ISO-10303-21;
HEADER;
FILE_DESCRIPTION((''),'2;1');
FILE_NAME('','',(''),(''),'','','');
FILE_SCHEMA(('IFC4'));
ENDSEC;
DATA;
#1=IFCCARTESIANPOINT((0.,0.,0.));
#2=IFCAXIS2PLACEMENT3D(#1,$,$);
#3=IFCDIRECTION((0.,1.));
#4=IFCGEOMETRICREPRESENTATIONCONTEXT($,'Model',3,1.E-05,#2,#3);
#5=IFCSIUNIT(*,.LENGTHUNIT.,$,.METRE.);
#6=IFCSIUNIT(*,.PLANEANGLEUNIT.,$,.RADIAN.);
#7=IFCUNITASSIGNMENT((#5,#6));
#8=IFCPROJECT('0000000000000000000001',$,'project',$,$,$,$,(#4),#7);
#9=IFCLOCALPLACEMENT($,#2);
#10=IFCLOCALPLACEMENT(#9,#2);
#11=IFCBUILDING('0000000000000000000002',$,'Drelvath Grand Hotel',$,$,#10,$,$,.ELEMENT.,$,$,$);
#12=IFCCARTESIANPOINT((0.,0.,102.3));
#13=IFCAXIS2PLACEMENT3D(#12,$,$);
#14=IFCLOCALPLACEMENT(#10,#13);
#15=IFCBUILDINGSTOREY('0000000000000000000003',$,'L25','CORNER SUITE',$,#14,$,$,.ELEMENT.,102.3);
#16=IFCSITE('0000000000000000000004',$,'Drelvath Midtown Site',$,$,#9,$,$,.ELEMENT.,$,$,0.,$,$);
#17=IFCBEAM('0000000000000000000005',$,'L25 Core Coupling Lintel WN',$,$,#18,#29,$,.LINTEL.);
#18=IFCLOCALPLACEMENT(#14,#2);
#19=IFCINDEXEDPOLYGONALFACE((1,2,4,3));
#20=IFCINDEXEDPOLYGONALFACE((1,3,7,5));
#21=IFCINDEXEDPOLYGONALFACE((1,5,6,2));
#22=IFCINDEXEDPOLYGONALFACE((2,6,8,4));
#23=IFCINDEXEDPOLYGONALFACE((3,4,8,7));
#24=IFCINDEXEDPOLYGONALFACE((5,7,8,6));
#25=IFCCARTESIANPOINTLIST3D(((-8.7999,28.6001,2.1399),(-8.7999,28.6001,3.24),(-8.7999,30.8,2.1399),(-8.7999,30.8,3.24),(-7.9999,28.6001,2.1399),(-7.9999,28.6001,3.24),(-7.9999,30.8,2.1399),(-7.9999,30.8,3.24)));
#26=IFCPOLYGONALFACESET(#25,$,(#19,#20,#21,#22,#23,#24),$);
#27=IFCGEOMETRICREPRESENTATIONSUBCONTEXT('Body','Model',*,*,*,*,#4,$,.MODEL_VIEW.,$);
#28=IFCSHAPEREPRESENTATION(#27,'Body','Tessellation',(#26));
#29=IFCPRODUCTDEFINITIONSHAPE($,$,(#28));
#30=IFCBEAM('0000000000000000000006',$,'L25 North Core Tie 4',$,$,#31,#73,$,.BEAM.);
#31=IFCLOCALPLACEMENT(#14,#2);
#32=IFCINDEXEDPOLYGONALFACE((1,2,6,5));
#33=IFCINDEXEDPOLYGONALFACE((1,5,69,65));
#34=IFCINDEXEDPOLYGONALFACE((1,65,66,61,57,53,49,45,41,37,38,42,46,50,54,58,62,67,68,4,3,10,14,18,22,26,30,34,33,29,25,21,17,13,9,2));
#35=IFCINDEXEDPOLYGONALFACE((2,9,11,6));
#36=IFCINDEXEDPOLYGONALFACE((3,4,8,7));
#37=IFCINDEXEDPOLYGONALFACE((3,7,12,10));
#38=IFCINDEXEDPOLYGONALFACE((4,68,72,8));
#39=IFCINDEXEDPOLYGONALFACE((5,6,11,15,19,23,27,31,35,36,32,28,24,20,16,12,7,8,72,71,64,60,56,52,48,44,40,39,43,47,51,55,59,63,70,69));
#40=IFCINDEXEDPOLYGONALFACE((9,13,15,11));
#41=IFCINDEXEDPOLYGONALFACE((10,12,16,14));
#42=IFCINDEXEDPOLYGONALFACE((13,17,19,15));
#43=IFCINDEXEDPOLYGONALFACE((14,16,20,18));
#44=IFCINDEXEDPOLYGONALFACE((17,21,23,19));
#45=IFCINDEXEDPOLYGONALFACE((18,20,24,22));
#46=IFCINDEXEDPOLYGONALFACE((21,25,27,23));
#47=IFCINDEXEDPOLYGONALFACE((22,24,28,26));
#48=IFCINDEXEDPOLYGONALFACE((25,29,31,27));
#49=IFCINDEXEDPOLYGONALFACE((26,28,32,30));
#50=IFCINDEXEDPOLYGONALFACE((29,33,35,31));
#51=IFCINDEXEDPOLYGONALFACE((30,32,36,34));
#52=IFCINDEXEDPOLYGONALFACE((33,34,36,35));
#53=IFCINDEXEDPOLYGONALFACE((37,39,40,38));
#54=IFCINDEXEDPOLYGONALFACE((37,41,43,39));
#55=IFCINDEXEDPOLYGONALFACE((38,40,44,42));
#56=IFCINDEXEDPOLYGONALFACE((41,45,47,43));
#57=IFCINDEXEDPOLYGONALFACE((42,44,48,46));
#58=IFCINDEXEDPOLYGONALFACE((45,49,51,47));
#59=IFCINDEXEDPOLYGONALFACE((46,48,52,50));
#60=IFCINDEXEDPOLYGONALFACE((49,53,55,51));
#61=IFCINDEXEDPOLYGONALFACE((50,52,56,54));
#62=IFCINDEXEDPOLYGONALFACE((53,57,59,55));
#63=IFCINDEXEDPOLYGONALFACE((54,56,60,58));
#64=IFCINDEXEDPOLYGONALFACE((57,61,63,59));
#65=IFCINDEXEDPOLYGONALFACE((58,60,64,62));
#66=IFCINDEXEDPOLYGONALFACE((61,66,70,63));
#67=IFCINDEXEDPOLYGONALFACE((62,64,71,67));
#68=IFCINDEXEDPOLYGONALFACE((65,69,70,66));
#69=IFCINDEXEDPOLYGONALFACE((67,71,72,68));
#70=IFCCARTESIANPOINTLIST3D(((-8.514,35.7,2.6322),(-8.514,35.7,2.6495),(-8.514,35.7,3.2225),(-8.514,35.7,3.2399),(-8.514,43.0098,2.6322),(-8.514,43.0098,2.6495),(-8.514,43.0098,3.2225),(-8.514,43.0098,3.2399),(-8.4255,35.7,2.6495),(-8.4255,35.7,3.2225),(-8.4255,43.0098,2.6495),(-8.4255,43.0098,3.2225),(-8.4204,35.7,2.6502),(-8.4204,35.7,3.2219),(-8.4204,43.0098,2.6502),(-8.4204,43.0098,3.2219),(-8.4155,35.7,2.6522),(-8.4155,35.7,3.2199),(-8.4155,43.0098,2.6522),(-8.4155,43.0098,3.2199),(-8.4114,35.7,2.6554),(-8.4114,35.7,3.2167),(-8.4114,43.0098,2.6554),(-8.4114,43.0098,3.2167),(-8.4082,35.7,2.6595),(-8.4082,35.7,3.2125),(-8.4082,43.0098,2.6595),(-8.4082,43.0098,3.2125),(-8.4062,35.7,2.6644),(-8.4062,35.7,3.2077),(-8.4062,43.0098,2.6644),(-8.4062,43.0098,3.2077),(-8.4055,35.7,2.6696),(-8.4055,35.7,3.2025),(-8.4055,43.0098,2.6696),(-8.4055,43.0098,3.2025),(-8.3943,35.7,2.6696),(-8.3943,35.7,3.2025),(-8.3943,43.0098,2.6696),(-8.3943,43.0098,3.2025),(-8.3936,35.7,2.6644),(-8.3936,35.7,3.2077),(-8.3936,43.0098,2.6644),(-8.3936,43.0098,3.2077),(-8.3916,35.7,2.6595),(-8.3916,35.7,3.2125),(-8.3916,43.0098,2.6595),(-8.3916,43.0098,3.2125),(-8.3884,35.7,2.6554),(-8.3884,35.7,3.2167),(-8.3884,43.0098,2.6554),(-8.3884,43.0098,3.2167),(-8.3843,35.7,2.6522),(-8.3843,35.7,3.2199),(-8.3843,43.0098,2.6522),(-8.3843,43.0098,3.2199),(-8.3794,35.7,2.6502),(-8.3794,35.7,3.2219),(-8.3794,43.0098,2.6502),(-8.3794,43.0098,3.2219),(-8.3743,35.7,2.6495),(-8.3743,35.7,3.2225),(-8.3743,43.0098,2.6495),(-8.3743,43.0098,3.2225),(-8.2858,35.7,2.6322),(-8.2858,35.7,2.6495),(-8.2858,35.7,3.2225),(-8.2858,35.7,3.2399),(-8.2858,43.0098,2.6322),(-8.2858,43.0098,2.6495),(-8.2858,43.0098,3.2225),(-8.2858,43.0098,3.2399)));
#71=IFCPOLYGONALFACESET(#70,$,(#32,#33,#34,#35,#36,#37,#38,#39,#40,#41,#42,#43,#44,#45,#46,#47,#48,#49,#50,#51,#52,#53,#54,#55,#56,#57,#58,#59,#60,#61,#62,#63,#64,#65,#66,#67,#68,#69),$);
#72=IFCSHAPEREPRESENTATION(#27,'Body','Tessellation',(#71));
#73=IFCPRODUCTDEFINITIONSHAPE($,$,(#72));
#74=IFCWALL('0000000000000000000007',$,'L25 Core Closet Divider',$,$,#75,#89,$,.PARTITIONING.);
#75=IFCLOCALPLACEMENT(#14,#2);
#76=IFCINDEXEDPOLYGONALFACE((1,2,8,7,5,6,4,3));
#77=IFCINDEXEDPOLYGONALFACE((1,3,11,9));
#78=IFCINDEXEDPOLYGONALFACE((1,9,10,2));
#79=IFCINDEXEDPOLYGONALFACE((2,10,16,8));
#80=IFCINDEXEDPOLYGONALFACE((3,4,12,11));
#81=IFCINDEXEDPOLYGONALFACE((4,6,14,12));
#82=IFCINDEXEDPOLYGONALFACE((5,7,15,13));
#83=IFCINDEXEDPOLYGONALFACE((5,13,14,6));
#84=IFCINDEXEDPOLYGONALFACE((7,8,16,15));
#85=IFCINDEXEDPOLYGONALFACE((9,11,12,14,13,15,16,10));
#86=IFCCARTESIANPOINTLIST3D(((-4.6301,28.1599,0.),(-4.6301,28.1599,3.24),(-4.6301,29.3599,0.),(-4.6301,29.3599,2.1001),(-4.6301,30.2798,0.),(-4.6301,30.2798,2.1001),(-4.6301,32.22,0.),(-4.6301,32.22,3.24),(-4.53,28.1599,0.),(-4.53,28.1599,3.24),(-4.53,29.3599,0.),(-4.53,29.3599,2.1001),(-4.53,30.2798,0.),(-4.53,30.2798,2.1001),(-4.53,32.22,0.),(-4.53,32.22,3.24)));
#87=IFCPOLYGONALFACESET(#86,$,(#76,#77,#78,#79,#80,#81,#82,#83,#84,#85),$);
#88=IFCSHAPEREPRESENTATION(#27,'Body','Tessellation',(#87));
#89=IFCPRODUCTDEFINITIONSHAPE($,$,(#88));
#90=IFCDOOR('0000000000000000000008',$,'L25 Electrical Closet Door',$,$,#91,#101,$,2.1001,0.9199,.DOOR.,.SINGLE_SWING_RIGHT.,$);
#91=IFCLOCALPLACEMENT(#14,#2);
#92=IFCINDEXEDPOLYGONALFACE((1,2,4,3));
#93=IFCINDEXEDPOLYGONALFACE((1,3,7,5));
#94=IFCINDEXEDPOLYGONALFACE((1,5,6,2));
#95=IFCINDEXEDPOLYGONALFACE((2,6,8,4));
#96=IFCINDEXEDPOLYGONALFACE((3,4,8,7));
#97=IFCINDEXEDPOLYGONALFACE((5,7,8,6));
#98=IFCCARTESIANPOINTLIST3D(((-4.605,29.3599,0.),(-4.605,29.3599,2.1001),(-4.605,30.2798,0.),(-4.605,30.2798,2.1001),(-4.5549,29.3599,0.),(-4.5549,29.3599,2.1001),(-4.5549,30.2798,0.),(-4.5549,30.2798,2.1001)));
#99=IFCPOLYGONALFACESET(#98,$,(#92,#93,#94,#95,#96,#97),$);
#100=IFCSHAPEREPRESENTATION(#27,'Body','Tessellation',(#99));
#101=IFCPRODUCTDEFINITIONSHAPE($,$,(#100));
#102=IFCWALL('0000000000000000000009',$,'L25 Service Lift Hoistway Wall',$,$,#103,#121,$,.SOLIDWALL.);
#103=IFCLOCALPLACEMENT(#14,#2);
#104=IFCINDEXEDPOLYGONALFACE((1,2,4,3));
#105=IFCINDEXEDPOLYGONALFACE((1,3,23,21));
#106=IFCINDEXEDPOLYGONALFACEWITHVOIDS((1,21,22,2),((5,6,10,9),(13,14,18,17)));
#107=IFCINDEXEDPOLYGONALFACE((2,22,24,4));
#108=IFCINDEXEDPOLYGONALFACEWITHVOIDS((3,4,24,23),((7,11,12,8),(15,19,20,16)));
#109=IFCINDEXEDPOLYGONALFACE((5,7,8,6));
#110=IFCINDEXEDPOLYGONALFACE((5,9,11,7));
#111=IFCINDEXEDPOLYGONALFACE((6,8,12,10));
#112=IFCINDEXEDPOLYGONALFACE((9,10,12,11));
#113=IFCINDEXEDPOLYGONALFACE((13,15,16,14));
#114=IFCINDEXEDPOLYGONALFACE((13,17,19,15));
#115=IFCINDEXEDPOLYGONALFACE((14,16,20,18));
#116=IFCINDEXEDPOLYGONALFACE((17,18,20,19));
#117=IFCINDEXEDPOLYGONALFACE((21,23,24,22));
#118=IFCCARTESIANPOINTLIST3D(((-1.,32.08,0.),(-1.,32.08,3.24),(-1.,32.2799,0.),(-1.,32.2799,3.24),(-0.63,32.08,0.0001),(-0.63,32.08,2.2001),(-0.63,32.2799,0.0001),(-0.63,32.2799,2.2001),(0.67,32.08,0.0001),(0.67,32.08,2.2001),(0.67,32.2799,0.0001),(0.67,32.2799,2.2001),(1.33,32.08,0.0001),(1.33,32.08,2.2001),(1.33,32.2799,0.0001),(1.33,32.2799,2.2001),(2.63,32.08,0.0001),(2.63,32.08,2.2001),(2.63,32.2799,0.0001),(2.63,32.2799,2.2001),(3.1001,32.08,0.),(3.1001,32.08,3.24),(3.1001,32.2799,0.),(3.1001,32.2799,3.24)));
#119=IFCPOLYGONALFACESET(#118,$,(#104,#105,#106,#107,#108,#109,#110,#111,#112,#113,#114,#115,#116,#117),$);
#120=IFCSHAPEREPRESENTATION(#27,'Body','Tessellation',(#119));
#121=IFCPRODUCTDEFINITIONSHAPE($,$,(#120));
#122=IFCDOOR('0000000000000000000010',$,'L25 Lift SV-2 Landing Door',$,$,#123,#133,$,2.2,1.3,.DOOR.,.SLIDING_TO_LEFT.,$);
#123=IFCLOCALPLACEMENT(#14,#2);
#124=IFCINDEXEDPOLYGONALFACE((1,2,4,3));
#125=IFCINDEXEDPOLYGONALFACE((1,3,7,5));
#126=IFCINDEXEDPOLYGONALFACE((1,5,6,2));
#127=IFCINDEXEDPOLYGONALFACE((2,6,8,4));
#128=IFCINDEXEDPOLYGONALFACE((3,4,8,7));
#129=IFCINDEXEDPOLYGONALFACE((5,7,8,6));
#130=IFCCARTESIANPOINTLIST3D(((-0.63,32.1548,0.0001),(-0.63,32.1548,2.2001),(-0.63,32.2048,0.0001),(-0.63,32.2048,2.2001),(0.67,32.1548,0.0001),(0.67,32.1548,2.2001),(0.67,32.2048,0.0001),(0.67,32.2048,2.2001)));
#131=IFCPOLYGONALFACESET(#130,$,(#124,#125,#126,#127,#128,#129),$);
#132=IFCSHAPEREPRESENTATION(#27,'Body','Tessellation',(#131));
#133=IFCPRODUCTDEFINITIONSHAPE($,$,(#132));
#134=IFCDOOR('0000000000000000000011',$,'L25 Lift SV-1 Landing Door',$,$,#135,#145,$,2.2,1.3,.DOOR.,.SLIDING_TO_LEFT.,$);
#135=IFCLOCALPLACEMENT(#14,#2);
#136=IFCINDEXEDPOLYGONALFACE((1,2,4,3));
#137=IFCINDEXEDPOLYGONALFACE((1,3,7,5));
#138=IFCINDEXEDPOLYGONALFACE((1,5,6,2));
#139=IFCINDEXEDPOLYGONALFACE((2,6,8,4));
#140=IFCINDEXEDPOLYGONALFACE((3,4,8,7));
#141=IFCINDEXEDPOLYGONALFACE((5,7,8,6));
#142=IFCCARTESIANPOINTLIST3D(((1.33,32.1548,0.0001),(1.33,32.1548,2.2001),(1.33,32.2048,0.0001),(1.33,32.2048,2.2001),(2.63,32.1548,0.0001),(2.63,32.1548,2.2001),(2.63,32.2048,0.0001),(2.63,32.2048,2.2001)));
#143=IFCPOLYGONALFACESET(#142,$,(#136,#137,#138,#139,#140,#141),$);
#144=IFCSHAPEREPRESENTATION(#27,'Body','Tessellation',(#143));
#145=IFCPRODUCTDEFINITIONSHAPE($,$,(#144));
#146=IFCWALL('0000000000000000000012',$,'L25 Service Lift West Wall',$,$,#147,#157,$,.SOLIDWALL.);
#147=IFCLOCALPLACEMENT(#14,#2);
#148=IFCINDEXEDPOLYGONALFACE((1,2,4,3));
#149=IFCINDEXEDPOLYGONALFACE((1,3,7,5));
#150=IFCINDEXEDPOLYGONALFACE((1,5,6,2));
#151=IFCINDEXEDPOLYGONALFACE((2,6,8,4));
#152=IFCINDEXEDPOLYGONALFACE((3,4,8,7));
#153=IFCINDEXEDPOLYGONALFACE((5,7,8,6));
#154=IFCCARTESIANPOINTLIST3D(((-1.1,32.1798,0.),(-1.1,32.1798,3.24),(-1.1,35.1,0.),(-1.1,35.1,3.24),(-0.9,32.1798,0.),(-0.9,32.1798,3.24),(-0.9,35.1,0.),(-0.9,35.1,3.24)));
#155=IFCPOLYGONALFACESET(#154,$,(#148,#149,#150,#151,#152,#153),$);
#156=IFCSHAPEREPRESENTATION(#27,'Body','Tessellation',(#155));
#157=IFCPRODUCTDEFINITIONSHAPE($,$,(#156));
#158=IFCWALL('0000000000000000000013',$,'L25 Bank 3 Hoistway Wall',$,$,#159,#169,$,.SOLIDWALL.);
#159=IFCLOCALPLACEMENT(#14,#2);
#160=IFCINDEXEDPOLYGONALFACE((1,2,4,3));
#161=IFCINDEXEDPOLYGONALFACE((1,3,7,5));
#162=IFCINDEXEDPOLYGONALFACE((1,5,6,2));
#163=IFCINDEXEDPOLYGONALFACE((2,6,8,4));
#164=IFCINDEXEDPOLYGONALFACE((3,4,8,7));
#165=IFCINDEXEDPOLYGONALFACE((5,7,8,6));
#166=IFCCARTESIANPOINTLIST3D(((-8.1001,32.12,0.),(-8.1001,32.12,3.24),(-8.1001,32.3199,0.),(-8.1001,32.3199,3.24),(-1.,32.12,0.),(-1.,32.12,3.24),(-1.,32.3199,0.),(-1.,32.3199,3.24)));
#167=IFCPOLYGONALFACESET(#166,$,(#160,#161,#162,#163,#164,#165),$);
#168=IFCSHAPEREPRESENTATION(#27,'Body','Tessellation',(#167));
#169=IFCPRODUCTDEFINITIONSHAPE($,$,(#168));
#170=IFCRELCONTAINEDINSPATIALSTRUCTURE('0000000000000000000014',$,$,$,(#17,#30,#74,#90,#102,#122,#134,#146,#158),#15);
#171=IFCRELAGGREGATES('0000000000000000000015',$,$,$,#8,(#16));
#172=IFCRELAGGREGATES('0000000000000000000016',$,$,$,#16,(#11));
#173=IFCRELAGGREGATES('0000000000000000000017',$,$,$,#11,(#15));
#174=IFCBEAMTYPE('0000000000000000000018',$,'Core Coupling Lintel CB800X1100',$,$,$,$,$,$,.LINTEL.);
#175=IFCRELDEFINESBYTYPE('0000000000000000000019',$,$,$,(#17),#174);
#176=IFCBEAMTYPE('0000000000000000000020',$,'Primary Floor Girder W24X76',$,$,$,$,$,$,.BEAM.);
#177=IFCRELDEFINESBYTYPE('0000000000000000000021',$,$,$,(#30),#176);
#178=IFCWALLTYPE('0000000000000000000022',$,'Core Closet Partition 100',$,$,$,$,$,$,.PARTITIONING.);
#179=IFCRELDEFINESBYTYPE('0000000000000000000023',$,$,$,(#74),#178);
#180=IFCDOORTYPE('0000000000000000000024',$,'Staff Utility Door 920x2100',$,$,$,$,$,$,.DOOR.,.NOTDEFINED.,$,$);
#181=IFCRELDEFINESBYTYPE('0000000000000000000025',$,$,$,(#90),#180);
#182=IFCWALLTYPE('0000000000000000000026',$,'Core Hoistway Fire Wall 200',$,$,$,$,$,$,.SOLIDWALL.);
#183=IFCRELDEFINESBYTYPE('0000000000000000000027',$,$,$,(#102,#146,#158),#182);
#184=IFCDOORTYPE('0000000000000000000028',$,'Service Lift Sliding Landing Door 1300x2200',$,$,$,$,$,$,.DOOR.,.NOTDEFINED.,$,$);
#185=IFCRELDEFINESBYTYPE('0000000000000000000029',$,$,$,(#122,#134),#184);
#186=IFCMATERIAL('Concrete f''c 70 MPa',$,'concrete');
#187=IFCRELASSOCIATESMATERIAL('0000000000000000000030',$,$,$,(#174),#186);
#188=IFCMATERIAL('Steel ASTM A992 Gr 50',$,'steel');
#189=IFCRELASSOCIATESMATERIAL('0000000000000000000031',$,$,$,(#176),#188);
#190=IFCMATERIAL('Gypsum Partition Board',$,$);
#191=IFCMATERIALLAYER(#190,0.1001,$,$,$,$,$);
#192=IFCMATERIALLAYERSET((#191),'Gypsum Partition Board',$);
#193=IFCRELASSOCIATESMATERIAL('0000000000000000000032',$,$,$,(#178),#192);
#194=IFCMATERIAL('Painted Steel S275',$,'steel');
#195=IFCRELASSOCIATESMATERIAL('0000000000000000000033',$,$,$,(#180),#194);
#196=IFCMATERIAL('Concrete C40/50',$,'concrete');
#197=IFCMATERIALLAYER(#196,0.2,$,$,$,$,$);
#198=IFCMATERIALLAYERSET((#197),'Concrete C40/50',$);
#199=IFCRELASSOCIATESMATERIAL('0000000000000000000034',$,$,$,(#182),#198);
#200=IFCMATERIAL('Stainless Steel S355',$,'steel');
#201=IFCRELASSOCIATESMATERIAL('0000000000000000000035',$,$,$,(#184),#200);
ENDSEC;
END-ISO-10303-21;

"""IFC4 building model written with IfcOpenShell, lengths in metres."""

from ifc_helpers import new_model, si_unit, direction, frame, frame_2d, origin, origin_2d, place, context, subcontext, project, spatial, rectangle, i_section, extrude, material, layer, layer_set, material_profile, profile_set, type_object, element, fill, save


model = new_model("IFC4")

# Units and contexts
model_context = context("Model", 3, precision=1e-05, world=origin(), true_north=direction((0.0, 1.0)))
body_context = subcontext(model_context, "Body", "Model", "MODEL_VIEW")
ifc_project = project(units=[si_unit("LENGTHUNIT", "METRE"), si_unit("PLANEANGLEUNIT", "RADIAN")], contexts=[model_context])

# Site, building, storey
site_placement = place(None, origin())
site = spatial("IfcSite", under=ifc_project, at=site_placement, Name="Drelvath Midtown Site", CompositionType="ELEMENT", RefElevation=0.0)
building_placement = place(site_placement, origin())
building = spatial("IfcBuilding", under=site, at=building_placement, Name="Drelvath Grand Hotel", CompositionType="ELEMENT")
storey_placement = place(building_placement, frame((0.0, 0.0, 102.3)))
storey = spatial("IfcBuildingStorey", under=building, at=storey_placement, Name="L25", Description="CORNER SUITE", CompositionType="ELEMENT", Elevation=102.3)

# Beams
ifc_material_1 = material(Name="Concrete f'c 70 MPa", Category="concrete")
ifc_material_profile_1 = material_profile(ifc_material_1, rectangle(XDim=0.8, YDim=1.1001, at=origin_2d()), Name="CB800X1100")
ifc_profile_set_1 = profile_set([ifc_material_profile_1], Name="Concrete f'c 70 MPa")
beam_type_1 = type_object("IfcBeamType", Name="Core Coupling Lintel CB800X1100", PredefinedType="LINTEL", material=ifc_profile_set_1)
beam_1_placement = place(storey_placement, frame((-8.3999, 28.6001, 2.6899), z_axis=(0.0, 1.0, 0.0), x_axis=(-1.0, 0.0, 0.0)))
element("IfcBeam", 1, at=beam_1_placement, inside=storey, type_object=beam_type_1, Name="L25 Core Coupling Lintel WN", PredefinedType="LINTEL", context=body_context, shape_type="SweptSolid", body=[
    extrude(rectangle(XDim=0.8, YDim=1.1001, at=origin_2d()), origin(), (0.0, 0.0, 1.0), 2.2),
])
ifc_material_2 = material(Name="Steel ASTM A992 Gr 50", Category="steel")
ifc_material_profile_2 = material_profile(ifc_material_2, i_section(OverallWidth=0.2283, OverallDepth=0.6077, WebThickness=0.0112, FlangeThickness=0.0173, FilletRadius=0.02, at=origin_2d()), Name="W24X76")
ifc_profile_set_2 = profile_set([ifc_material_profile_2], Name="Steel ASTM A992 Gr 50")
beam_type_2 = type_object("IfcBeamType", Name="Primary Floor Girder W24X76", PredefinedType="BEAM", material=ifc_profile_set_2)
beam_2_placement = place(storey_placement, frame((-8.3999, 35.7, 2.936), z_axis=(0.0, 1.0, 0.0), x_axis=(-1.0, 0.0, 0.0)))
element("IfcBeam", 2, at=beam_2_placement, inside=storey, type_object=beam_type_2, Name="L25 North Core Tie 4", PredefinedType="BEAM", context=body_context, shape_type="SweptSolid", body=[
    extrude(i_section(OverallWidth=0.2283, OverallDepth=0.6077, WebThickness=0.0112, FlangeThickness=0.0173, FilletRadius=0.02, at=origin_2d()), origin(), (0.0, 0.0, 1.0), 7.3098),
])

# Wall, opening, door
ifc_material_3 = material(Name="Gypsum Partition Board")
ifc_layer_1 = layer(ifc_material_3, 0.1001)
ifc_layer_set_1 = layer_set([ifc_layer_1], Name="Gypsum Partition Board")
wall_type_1 = type_object("IfcWallType", Name="Core Closet Partition 100", PredefinedType="PARTITIONING", material=ifc_layer_set_1)
wall_1_placement = place(storey_placement, frame((-4.5801, 28.1599, 0.0), z_axis=(0.0, 0.0, 1.0), x_axis=(0.0, 1.0, 0.0)))
wall_1 = element("IfcWall", 3, at=wall_1_placement, inside=storey, type_object=wall_type_1, Name="L25 Core Closet Divider", PredefinedType="PARTITIONING", context=body_context, shape_type="SweptSolid", body=[
    extrude(rectangle(XDim=4.0601, YDim=0.1001, at=frame_2d((2.03, 0.0))), origin(), (0.0, 0.0, 1.0), 3.24),
])
opening_1_placement = place(wall_1_placement, frame((1.2, 0.0, 0.0)))
opening_1 = element("IfcOpeningElement", 4, at=opening_1_placement, cuts=wall_1, PredefinedType="OPENING", context=body_context, shape_type="SweptSolid", body=[
    extrude(rectangle(XDim=0.9199, YDim=2.1001, at=frame_2d((0.46, 1.05))), frame((0.0, 0.0601, 0.0), z_axis=(0.0, -1.0, 0.0), x_axis=(1.0, 0.0, 0.0)), (0.0, 0.0, 1.0), 0.1201),
])
ifc_material_4 = material(Name="Painted Steel S275", Category="steel")
door_type_1 = type_object("IfcDoorType", Name="Staff Utility Door 920x2100", OperationType="NOTDEFINED", PredefinedType="DOOR", material=ifc_material_4)
door_1_placement = place(opening_1_placement, origin())
door_1 = element("IfcDoor", 5, at=door_1_placement, inside=storey, type_object=door_type_1, Name="L25 Electrical Closet Door", OperationType="SINGLE_SWING_RIGHT", OverallHeight=2.1001, OverallWidth=0.9199, PredefinedType="DOOR", context=body_context, shape_type="SweptSolid", body=[
    extrude(rectangle(XDim=0.9199, YDim=2.1001, at=frame_2d((0.46, 1.05))), frame((0.0, 0.0249, 0.0), z_axis=(0.0, -1.0, 0.0), x_axis=(1.0, 0.0, 0.0)), (0.0, 0.0, 1.0), 0.05),
])
fill(opening_1, door_1)

# Wall, openings, doors
ifc_material_5 = material(Name="Concrete C40/50", Category="concrete")
ifc_layer_2 = layer(ifc_material_5, 0.2)
ifc_layer_set_2 = layer_set([ifc_layer_2], Name="Concrete C40/50")
wall_type_2 = type_object("IfcWallType", Name="Core Hoistway Fire Wall 200", PredefinedType="SOLIDWALL", material=ifc_layer_set_2)
wall_2_placement = place(storey_placement, frame((-1.0, 32.1799, 0.0), z_axis=(0.0, 0.0, 1.0), x_axis=(1.0, 0.0, 0.0)))
wall_2 = element("IfcWall", 6, at=wall_2_placement, inside=storey, type_object=wall_type_2, Name="L25 Service Lift Hoistway Wall", PredefinedType="SOLIDWALL", context=body_context, shape_type="SweptSolid", body=[
    extrude(rectangle(XDim=4.1001, YDim=0.2, at=frame_2d((2.05, 0.0))), origin(), (0.0, 0.0, 1.0), 3.24),
])
opening_2_placement = place(wall_2_placement, frame((0.3701, 0.0, 0.0)))
opening_2 = element("IfcOpeningElement", 7, at=opening_2_placement, cuts=wall_2, PredefinedType="OPENING", context=body_context, shape_type="SweptSolid", body=[
    extrude(rectangle(XDim=1.3, YDim=2.2, at=frame_2d((0.6499, 1.1001))), frame((0.0, 0.1099, 0.0), z_axis=(0.0, -1.0, 0.0), x_axis=(1.0, 0.0, 0.0)), (0.0, 0.0, 1.0), 0.22),
])
opening_3_placement = place(wall_2_placement, frame((2.3301, 0.0, 0.0)))
opening_3 = element("IfcOpeningElement", 8, at=opening_3_placement, cuts=wall_2, PredefinedType="OPENING", context=body_context, shape_type="SweptSolid", body=[
    extrude(rectangle(XDim=1.3, YDim=2.2, at=frame_2d((0.6499, 1.1001))), frame((0.0, 0.1099, 0.0), z_axis=(0.0, -1.0, 0.0), x_axis=(1.0, 0.0, 0.0)), (0.0, 0.0, 1.0), 0.22),
])
ifc_material_6 = material(Name="Stainless Steel S355", Category="steel")
door_type_2 = type_object("IfcDoorType", Name="Service Lift Sliding Landing Door 1300x2200", OperationType="NOTDEFINED", PredefinedType="DOOR", material=ifc_material_6)
door_2_placement = place(opening_2_placement, origin())
door_2 = element("IfcDoor", 9, at=door_2_placement, inside=storey, type_object=door_type_2, Name="L25 Lift SV-2 Landing Door", OperationType="SLIDING_TO_LEFT", OverallHeight=2.2, OverallWidth=1.3, PredefinedType="DOOR", context=body_context, shape_type="SweptSolid", body=[
    extrude(rectangle(XDim=1.3, YDim=2.2, at=frame_2d((0.6499, 1.1001))), frame((0.0, 0.0249, 0.0), z_axis=(0.0, -1.0, 0.0), x_axis=(1.0, 0.0, 0.0)), (0.0, 0.0, 1.0), 0.05),
])
fill(opening_2, door_2)
door_3_placement = place(opening_3_placement, origin())
door_3 = element("IfcDoor", 10, at=door_3_placement, inside=storey, type_object=door_type_2, Name="L25 Lift SV-1 Landing Door", OperationType="SLIDING_TO_LEFT", OverallHeight=2.2, OverallWidth=1.3, PredefinedType="DOOR", context=body_context, shape_type="SweptSolid", body=[
    extrude(rectangle(XDim=1.3, YDim=2.2, at=frame_2d((0.6499, 1.1001))), frame((0.0, 0.0249, 0.0), z_axis=(0.0, -1.0, 0.0), x_axis=(1.0, 0.0, 0.0)), (0.0, 0.0, 1.0), 0.05),
])
fill(opening_3, door_3)

# Walls
wall_3_placement = place(storey_placement, frame((-1.0, 32.1799, 0.0), z_axis=(0.0, 0.0, 1.0), x_axis=(0.0, 1.0, 0.0)))
element("IfcWall", 11, at=wall_3_placement, inside=storey, type_object=wall_type_2, Name="L25 Service Lift West Wall", PredefinedType="SOLIDWALL", context=body_context, shape_type="SweptSolid", body=[
    extrude(rectangle(XDim=2.9202, YDim=0.2, at=frame_2d((1.46, 0.0))), origin(), (0.0, 0.0, 1.0), 3.24),
])
wall_4_placement = place(storey_placement, frame((-8.1001, 32.22, 0.0), z_axis=(0.0, 0.0, 1.0), x_axis=(1.0, 0.0, 0.0)))
element("IfcWall", 12, at=wall_4_placement, inside=storey, type_object=wall_type_2, Name="L25 Bank 3 Hoistway Wall", PredefinedType="SOLIDWALL", context=body_context, shape_type="SweptSolid", body=[
    extrude(rectangle(XDim=7.1001, YDim=0.2, at=frame_2d((3.55, 0.0))), origin(), (0.0, 0.0, 1.0), 3.24),
])

save(model, "model.ifc")
